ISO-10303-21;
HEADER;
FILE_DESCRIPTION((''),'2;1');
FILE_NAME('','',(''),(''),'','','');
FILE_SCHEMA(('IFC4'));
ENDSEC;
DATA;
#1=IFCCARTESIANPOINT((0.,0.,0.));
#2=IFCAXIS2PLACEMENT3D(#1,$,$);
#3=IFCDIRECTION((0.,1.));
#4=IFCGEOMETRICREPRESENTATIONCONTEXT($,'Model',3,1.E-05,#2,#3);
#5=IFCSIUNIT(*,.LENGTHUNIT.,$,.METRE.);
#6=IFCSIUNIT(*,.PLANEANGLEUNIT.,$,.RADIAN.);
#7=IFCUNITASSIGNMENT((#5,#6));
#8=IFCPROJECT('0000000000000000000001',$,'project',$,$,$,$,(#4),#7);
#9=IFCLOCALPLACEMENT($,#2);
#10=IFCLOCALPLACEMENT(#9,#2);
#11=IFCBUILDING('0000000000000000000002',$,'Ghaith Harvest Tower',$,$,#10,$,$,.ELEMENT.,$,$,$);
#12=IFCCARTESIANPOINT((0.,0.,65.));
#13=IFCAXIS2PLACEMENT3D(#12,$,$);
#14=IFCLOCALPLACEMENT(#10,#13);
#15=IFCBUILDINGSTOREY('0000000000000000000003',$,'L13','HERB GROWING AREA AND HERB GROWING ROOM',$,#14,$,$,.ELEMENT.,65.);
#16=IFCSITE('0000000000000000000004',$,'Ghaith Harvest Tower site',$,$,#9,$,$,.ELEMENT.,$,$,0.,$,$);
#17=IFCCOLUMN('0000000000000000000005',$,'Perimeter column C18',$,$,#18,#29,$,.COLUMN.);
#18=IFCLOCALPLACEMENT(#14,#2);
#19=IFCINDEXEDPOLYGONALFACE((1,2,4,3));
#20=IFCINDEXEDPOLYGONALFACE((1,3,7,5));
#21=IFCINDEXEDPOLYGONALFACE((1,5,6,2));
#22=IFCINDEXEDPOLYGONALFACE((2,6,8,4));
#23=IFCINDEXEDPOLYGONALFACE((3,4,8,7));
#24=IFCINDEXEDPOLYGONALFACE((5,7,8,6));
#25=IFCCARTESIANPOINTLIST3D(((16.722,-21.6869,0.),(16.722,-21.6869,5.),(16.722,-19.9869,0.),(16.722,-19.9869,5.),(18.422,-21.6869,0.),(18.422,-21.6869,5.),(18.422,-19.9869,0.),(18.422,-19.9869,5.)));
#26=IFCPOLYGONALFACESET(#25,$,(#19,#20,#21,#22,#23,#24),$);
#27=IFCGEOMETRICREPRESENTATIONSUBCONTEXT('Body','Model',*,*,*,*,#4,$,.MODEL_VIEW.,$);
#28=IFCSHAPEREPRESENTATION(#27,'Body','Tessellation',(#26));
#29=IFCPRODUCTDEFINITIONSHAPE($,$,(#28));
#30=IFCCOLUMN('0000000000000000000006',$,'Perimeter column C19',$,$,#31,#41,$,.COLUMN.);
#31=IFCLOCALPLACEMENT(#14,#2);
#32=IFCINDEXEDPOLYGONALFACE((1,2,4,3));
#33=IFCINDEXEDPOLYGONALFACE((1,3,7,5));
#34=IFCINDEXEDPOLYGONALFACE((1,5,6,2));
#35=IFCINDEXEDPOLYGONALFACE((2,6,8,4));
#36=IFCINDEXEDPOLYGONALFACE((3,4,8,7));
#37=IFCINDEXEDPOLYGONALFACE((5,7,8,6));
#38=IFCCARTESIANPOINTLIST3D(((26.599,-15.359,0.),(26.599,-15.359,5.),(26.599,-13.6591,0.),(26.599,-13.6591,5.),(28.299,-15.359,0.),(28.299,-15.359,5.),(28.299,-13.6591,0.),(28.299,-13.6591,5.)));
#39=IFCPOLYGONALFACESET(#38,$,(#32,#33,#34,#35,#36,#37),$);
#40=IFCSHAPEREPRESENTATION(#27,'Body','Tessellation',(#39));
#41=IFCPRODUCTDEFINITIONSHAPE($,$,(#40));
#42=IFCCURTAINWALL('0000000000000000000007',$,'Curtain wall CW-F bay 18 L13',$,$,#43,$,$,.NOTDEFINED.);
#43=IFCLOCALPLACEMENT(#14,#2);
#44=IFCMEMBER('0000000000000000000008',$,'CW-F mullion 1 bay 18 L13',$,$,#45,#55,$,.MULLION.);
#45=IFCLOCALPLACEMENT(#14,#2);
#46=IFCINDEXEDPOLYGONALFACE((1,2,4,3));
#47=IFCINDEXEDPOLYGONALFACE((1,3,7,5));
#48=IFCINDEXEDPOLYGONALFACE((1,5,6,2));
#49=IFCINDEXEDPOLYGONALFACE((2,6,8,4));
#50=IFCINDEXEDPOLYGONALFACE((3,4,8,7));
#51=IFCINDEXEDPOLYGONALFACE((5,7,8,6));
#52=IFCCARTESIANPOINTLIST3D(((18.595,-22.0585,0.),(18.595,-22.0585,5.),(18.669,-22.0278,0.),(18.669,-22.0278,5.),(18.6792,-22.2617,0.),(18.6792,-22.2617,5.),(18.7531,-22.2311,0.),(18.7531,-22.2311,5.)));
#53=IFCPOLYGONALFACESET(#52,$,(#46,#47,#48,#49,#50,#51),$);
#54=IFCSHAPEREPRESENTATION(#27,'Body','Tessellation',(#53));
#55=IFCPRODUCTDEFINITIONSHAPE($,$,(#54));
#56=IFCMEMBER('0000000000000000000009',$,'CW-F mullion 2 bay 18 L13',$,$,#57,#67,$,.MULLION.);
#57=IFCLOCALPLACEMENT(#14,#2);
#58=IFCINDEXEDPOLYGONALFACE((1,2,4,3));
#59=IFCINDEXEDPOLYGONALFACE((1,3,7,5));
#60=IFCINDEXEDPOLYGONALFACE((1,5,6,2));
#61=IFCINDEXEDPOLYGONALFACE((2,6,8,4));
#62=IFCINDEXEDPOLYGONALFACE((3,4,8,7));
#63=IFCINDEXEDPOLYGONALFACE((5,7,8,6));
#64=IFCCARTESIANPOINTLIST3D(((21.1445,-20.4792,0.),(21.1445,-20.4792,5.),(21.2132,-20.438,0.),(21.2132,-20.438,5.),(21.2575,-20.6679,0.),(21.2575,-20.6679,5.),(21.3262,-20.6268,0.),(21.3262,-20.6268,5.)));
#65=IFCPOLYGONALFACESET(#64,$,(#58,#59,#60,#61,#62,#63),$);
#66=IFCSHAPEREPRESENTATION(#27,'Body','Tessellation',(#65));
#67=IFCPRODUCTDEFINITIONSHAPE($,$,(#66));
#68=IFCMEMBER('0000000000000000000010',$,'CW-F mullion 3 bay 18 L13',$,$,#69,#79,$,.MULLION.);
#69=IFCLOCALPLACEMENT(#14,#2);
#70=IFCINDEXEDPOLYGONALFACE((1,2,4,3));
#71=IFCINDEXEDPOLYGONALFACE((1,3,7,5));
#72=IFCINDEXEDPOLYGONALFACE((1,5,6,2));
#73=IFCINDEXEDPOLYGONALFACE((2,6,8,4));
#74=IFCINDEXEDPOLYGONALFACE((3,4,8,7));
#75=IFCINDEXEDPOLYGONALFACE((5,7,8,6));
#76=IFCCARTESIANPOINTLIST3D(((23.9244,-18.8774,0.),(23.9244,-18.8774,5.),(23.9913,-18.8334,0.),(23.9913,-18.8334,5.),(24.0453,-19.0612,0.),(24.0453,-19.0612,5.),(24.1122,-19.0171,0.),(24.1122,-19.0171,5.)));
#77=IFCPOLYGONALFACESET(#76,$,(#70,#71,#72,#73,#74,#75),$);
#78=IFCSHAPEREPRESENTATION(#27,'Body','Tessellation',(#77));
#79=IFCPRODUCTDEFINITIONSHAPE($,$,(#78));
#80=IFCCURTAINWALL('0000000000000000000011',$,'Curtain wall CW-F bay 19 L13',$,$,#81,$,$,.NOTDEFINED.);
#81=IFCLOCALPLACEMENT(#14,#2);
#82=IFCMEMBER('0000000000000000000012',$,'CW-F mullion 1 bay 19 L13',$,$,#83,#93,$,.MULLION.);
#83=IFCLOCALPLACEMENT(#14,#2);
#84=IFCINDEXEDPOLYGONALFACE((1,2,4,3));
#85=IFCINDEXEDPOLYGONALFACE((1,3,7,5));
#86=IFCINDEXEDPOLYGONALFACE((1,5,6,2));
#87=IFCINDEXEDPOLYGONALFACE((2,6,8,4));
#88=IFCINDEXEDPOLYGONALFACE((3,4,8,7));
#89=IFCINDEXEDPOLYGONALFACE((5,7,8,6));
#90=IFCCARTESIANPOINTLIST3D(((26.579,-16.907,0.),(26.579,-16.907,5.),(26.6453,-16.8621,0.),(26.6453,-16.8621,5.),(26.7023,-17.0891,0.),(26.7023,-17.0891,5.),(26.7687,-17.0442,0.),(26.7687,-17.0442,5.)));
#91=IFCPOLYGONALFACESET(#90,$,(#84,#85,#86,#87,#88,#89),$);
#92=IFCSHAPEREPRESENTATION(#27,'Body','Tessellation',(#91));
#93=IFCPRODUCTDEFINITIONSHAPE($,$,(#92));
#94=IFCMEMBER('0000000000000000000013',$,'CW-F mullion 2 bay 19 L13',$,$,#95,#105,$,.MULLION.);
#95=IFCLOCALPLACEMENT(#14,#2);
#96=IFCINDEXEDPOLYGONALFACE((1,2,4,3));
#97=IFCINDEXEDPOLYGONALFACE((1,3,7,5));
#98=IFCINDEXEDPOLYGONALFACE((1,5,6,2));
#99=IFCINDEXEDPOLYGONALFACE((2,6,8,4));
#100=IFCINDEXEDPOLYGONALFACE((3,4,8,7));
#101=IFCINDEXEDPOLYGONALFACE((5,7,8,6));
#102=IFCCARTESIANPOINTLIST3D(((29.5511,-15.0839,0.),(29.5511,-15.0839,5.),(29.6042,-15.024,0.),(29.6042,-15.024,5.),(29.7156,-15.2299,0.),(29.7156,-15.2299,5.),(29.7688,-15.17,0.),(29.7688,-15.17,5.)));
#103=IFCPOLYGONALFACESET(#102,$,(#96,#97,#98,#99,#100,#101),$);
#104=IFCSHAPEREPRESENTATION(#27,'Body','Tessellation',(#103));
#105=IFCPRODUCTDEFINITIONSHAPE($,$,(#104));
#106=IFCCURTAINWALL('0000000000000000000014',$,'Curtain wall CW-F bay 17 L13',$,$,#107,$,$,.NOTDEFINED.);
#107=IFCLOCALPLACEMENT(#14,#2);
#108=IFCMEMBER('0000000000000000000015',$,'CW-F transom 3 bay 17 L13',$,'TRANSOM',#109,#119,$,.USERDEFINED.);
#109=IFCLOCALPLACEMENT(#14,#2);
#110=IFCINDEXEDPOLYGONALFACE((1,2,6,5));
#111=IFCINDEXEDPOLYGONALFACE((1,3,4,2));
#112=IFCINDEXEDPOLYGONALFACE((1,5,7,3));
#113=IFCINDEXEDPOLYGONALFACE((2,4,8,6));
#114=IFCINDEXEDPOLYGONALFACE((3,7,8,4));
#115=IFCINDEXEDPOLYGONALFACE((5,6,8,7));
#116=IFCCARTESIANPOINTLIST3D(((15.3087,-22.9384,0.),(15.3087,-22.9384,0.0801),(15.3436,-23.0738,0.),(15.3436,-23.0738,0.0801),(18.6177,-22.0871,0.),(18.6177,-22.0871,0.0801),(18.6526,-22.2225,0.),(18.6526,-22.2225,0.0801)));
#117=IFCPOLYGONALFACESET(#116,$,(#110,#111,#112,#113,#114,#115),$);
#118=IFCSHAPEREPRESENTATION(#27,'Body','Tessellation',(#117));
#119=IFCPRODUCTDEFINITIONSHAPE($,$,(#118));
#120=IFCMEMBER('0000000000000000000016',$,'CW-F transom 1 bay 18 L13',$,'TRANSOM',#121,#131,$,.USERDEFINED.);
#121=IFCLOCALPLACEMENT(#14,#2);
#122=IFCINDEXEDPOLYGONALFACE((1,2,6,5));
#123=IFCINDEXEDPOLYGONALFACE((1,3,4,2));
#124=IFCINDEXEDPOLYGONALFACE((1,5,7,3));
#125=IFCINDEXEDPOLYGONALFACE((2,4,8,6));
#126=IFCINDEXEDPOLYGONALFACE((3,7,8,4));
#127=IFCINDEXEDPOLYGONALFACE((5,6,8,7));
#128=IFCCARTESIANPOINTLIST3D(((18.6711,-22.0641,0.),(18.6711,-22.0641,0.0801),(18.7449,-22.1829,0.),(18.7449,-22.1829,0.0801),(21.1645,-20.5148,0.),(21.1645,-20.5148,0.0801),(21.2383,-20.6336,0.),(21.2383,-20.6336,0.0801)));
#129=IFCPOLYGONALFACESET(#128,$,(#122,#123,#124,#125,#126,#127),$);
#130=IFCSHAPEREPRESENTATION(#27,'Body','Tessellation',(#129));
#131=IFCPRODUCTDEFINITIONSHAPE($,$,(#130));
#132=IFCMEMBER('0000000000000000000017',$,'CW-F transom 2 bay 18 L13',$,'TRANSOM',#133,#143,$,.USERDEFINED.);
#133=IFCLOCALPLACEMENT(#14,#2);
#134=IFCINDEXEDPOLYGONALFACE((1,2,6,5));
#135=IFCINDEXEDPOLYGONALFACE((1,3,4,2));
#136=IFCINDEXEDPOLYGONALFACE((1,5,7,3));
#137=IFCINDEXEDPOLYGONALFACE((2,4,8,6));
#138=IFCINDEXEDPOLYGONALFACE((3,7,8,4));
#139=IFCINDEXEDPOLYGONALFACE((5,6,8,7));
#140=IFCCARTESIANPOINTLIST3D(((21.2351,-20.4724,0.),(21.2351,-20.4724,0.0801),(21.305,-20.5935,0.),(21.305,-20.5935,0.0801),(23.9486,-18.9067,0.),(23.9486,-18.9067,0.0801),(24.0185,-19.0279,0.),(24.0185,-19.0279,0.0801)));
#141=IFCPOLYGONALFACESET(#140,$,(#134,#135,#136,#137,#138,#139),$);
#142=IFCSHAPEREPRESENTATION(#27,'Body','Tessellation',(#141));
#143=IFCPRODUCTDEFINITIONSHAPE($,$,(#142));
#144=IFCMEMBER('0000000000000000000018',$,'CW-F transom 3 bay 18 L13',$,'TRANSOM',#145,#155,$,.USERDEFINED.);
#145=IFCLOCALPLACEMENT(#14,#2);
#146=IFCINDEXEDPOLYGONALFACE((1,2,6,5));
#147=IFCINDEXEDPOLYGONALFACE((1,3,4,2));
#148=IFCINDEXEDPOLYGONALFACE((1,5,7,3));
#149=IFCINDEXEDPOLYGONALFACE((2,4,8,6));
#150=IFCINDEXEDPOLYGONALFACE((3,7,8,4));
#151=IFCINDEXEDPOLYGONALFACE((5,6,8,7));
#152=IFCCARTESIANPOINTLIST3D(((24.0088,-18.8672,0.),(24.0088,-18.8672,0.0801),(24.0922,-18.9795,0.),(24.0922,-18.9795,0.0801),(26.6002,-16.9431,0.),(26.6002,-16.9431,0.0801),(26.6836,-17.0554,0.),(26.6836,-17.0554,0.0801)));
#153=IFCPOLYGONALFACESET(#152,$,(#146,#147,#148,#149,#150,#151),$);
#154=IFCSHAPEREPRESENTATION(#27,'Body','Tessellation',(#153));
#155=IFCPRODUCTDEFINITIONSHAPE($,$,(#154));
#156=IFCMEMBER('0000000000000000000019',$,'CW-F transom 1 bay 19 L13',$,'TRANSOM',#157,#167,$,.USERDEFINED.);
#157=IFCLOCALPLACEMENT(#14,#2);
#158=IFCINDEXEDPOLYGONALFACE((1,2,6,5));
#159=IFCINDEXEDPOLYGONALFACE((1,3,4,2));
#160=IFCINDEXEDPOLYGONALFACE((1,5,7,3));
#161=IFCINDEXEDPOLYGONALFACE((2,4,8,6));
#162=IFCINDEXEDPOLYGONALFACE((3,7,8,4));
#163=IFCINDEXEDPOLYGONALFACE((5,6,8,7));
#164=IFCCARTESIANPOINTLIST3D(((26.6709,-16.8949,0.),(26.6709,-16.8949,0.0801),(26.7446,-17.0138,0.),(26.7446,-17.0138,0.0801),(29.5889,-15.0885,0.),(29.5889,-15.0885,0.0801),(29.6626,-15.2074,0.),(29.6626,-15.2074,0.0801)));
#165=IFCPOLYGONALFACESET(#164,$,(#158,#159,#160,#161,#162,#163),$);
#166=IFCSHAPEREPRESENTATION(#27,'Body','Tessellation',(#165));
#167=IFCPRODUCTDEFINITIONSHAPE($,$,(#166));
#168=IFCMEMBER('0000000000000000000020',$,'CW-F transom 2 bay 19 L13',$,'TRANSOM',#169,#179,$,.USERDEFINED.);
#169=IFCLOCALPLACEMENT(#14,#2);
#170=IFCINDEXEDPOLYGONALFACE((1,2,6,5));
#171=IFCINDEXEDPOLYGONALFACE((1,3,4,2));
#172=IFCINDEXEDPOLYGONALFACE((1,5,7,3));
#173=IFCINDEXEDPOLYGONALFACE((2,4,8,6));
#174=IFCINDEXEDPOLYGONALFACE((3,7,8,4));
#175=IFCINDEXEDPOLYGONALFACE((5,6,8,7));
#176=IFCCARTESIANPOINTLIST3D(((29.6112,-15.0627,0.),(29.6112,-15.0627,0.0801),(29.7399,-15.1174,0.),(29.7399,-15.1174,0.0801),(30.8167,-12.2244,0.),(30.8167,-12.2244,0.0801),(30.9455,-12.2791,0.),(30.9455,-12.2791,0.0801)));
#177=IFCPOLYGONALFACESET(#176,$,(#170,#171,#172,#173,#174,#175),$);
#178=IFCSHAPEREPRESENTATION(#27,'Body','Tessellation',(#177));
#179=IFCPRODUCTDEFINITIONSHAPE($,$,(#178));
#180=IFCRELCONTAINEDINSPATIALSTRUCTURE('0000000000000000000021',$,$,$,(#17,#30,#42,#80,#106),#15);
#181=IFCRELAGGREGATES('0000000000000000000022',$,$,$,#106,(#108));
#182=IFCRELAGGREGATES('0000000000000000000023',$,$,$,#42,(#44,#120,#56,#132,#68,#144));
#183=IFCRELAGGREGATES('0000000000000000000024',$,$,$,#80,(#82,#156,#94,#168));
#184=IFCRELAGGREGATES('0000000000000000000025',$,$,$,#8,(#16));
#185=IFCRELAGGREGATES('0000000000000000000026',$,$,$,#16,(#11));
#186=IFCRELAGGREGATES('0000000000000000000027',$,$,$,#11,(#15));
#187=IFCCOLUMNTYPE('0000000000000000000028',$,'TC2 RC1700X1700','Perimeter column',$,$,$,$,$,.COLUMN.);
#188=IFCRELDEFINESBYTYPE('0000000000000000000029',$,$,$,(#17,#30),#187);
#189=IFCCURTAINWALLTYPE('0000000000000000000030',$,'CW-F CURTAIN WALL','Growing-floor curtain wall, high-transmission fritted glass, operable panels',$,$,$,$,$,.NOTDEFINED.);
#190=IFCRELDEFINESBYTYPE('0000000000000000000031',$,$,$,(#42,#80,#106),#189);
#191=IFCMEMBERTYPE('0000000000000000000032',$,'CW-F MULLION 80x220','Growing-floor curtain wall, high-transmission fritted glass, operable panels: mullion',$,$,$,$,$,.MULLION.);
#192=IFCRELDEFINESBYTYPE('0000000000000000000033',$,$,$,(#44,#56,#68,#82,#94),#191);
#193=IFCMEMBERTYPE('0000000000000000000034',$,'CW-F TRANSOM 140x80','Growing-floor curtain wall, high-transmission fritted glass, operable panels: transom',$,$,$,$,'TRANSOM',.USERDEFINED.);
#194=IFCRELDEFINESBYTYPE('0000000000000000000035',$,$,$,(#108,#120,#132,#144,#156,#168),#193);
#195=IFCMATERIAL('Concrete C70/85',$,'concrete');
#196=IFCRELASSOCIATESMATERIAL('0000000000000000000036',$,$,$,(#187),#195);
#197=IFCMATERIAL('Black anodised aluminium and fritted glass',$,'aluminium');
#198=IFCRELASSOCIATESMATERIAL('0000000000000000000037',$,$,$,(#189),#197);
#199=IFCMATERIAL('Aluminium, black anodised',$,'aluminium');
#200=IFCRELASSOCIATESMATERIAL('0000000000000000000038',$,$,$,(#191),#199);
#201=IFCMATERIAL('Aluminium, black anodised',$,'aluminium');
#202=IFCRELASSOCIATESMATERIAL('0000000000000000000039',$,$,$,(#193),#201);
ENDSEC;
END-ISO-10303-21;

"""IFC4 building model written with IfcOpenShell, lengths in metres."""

from ifc_helpers import new_model, si_unit, direction, frame, origin, origin_2d, place, context, subcontext, project, spatial, rectangle, extrude, material, material_profile, profile_set, type_object, element, aggregate, save


model = new_model("IFC4")

# Units and contexts
model_context = context("Model", 3, precision=1e-05, world=origin(), true_north=direction((0.0, 1.0)))
body_context = subcontext(model_context, "Body", "Model", "MODEL_VIEW")
ifc_project = project(units=[si_unit("LENGTHUNIT", "METRE"), si_unit("PLANEANGLEUNIT", "RADIAN")], contexts=[model_context])

# Site, building, storey
site_placement = place(None, origin())
site = spatial("IfcSite", under=ifc_project, at=site_placement, Name="Ghaith Harvest Tower site", CompositionType="ELEMENT", RefElevation=0.0)
building_placement = place(site_placement, origin())
building = spatial("IfcBuilding", under=site, at=building_placement, Name="Ghaith Harvest Tower", CompositionType="ELEMENT")
storey_placement = place(building_placement, frame((0.0, 0.0, 65.0)))
storey = spatial("IfcBuildingStorey", under=building, at=storey_placement, Name="L13", Description="HERB GROWING AREA AND HERB GROWING ROOM", CompositionType="ELEMENT", Elevation=65.0)

# Columns
ifc_material_1 = material(Name="Concrete C70/85", Category="concrete")
ifc_material_profile_1 = material_profile(ifc_material_1, rectangle(XDim=1.7, YDim=1.7, at=origin_2d()), Name="RC1700X1700")
ifc_profile_set_1 = profile_set([ifc_material_profile_1], Name="Concrete C70/85")
column_type = type_object("IfcColumnType", Name="TC2 RC1700X1700", Description="Perimeter column", PredefinedType="COLUMN", material=ifc_profile_set_1)
for number, where, z_axis, x_axis, name in (
    (1, (17.572, -20.8369, 0.0), (0.0, 0.0, 1.0), (1.0, 0.0, 0.0), "Perimeter column C18"),
    (2, (27.449, -14.509, 0.0), (0.0, 0.0, 1.0), (1.0, 0.0, 0.0), "Perimeter column C19"),
):
    element("IfcColumn", number, at=place(storey_placement, frame(where, z_axis=z_axis, x_axis=x_axis)), inside=storey, type_object=column_type, Name=name, PredefinedType="COLUMN", context=body_context, shape_type="SweptSolid", body=[
        extrude(rectangle(XDim=1.7, YDim=1.7, at=origin_2d()), origin(), (0.0, 0.0, 1.0), 5.0),
    ])

# Curtain walls, members
ifc_material_2 = material(Name="Black anodised aluminium and fritted glass", Category="aluminium")
curtain_wall_type = type_object("IfcCurtainWallType", Name="CW-F CURTAIN WALL", Description="Growing-floor curtain wall, high-transmission fritted glass, operable panels", PredefinedType="NOTDEFINED", material=ifc_material_2)
curtain_wall_1_placement = place(storey_placement, origin())
curtain_wall_1 = element("IfcCurtainWall", 3, at=curtain_wall_1_placement, inside=storey, type_object=curtain_wall_type, Name="Curtain wall CW-F bay 18 L13", PredefinedType="NOTDEFINED")
ifc_material_3 = material(Name="Aluminium, black anodised", Category="aluminium")
ifc_material_profile_2 = material_profile(ifc_material_3, rectangle(XDim=0.0801, YDim=0.22, at=origin_2d()), Name="CW-F MULLION 80x220")
ifc_profile_set_2 = profile_set([ifc_material_profile_2], Name="Aluminium, black anodised")
member_type_1 = type_object("IfcMemberType", Name="CW-F MULLION 80x220", Description="Growing-floor curtain wall, high-transmission fritted glass, operable panels: mullion", PredefinedType="MULLION", material=ifc_profile_set_2)
member_1_placement = place(storey_placement, frame((18.6741, -22.1448, 0.0), z_axis=(0.0, 0.0, 1.0), x_axis=(0.92391, 0.382609, 0.0)))
member_1 = element("IfcMember", 4, at=member_1_placement, type_object=member_type_1, Name="CW-F mullion 1 bay 18 L13", PredefinedType="MULLION", context=body_context, shape_type="SweptSolid", body=[
    extrude(rectangle(XDim=0.0801, YDim=0.22, at=origin_2d()), origin(), (0.0, 0.0, 1.0), 5.0),
])
member_2_placement = place(storey_placement, frame((21.2354, -20.553, 0.0), z_axis=(0.0, 0.0, 1.0), x_axis=(0.85814, 0.513415, 0.0)))
member_2 = element("IfcMember", 5, at=member_2_placement, type_object=member_type_1, Name="CW-F mullion 2 bay 18 L13", PredefinedType="MULLION", context=body_context, shape_type="SweptSolid", body=[
    extrude(rectangle(XDim=0.0801, YDim=0.22, at=origin_2d()), origin(), (0.0, 0.0, 1.0), 5.0),
])
member_3_placement = place(storey_placement, frame((24.0183, -18.9473, 0.0), z_axis=(0.0, 0.0, 1.0), x_axis=(0.835444, 0.549576, 0.0)))
member_3 = element("IfcMember", 6, at=member_3_placement, type_object=member_type_1, Name="CW-F mullion 3 bay 18 L13", PredefinedType="MULLION", context=body_context, shape_type="SweptSolid", body=[
    extrude(rectangle(XDim=0.0801, YDim=0.22, at=origin_2d()), origin(), (0.0, 0.0, 1.0), 5.0),
])
curtain_wall_2_placement = place(storey_placement, origin())
curtain_wall_2 = element("IfcCurtainWall", 7, at=curtain_wall_2_placement, inside=storey, type_object=curtain_wall_type, Name="Curtain wall CW-F bay 19 L13", PredefinedType="NOTDEFINED")
member_4_placement = place(storey_placement, frame((26.6738, -16.9756, 0.0), z_axis=(0.0, 0.0, 1.0), x_axis=(0.828002, 0.560725, 0.0)))
member_4 = element("IfcMember", 8, at=member_4_placement, type_object=member_type_1, Name="CW-F mullion 1 bay 19 L13", PredefinedType="MULLION", context=body_context, shape_type="SweptSolid", body=[
    extrude(rectangle(XDim=0.0801, YDim=0.22, at=origin_2d()), origin(), (0.0, 0.0, 1.0), 5.0),
])
member_5_placement = place(storey_placement, frame((29.6599, -15.127, 0.0), z_axis=(0.0, 0.0, 1.0), x_axis=(0.663605, 0.748083, 0.0)))
member_5 = element("IfcMember", 9, at=member_5_placement, type_object=member_type_1, Name="CW-F mullion 2 bay 19 L13", PredefinedType="MULLION", context=body_context, shape_type="SweptSolid", body=[
    extrude(rectangle(XDim=0.0801, YDim=0.22, at=origin_2d()), origin(), (0.0, 0.0, 1.0), 5.0),
])

# Curtain wall, member
curtain_wall_3_placement = place(storey_placement, origin())
curtain_wall_3 = element("IfcCurtainWall", 10, at=curtain_wall_3_placement, inside=storey, type_object=curtain_wall_type, Name="Curtain wall CW-F bay 17 L13", PredefinedType="NOTDEFINED")
ifc_material_4 = material(Name="Aluminium, black anodised", Category="aluminium")
ifc_material_profile_3 = material_profile(ifc_material_4, rectangle(XDim=0.1399, YDim=0.0801, at=origin_2d()), Name="CW-F TRANSOM 140x80")
ifc_profile_set_3 = profile_set([ifc_material_profile_3], Name="Aluminium, black anodised")
member_type_2 = type_object("IfcMemberType", Name="CW-F TRANSOM 140x80", Description="Growing-floor curtain wall, high-transmission fritted glass, operable panels: transom", ElementType="TRANSOM", PredefinedType="USERDEFINED", material=ifc_profile_set_3)
member_6_placement = place(storey_placement, frame((15.3262, -23.0061, 0.04), z_axis=(0.968464, 0.249154, 0.0), x_axis=(-0.249154, 0.968464, 0.0)))
member_6 = element("IfcMember", 11, at=member_6_placement, type_object=member_type_2, Name="CW-F transom 3 bay 17 L13", ObjectType="TRANSOM", PredefinedType="USERDEFINED", context=body_context, shape_type="SweptSolid", body=[
    extrude(rectangle(XDim=0.1399, YDim=0.0801, at=origin_2d()), origin(), (0.0, 0.0, 1.0), 3.4167),
])

# Members
member_7_placement = place(storey_placement, frame((18.708, -22.1235, 0.04), z_axis=(0.849383, 0.527777, 0.0), x_axis=(-0.527777, 0.849383, 0.0)))
member_7 = element("IfcMember", 12, at=member_7_placement, type_object=member_type_2, Name="CW-F transom 1 bay 18 L13", ObjectType="TRANSOM", PredefinedType="USERDEFINED", context=body_context, shape_type="SweptSolid", body=[
    extrude(rectangle(XDim=0.1399, YDim=0.0801, at=origin_2d()), origin(), (0.0, 0.0, 1.0), 2.9355),
])
member_8_placement = place(storey_placement, frame((21.27, -20.533, 0.04), z_axis=(0.866169, 0.499752, 0.0), x_axis=(-0.499752, 0.866169, 0.0)))
member_8 = element("IfcMember", 13, at=member_8_placement, type_object=member_type_2, Name="CW-F transom 2 bay 18 L13", ObjectType="TRANSOM", PredefinedType="USERDEFINED", context=body_context, shape_type="SweptSolid", body=[
    extrude(rectangle(XDim=0.1399, YDim=0.0801, at=origin_2d()), origin(), (0.0, 0.0, 1.0), 3.1328),
])
member_9_placement = place(storey_placement, frame((24.0505, -18.9233, 0.04), z_axis=(0.802877, 0.596144, 0.0), x_axis=(-0.596144, 0.802877, 0.0)))
member_9 = element("IfcMember", 14, at=member_9_placement, type_object=member_type_2, Name="CW-F transom 3 bay 18 L13", ObjectType="TRANSOM", PredefinedType="USERDEFINED", context=body_context, shape_type="SweptSolid", body=[
    extrude(rectangle(XDim=0.1399, YDim=0.0801, at=origin_2d()), origin(), (0.0, 0.0, 1.0), 3.2275),
])
member_10_placement = place(storey_placement, frame((26.7078, -16.9543, 0.04), z_axis=(0.850261, 0.526362, 0.0), x_axis=(-0.526362, 0.850261, 0.0)))
member_10 = element("IfcMember", 15, at=member_10_placement, type_object=member_type_2, Name="CW-F transom 1 bay 19 L13", ObjectType="TRANSOM", PredefinedType="USERDEFINED", context=body_context, shape_type="SweptSolid", body=[
    extrude(rectangle(XDim=0.1399, YDim=0.0801, at=origin_2d()), origin(), (0.0, 0.0, 1.0), 3.4319),
])
member_11_placement = place(storey_placement, frame((29.6755, -15.0901, 0.04), z_axis=(0.390936, 0.920418, 0.0), x_axis=(-0.920418, 0.390936, 0.0)))
member_11 = element("IfcMember", 16, at=member_11_placement, type_object=member_type_2, Name="CW-F transom 2 bay 19 L13", ObjectType="TRANSOM", PredefinedType="USERDEFINED", context=body_context, shape_type="SweptSolid", body=[
    extrude(rectangle(XDim=0.1399, YDim=0.0801, at=origin_2d()), origin(), (0.0, 0.0, 1.0), 3.0837),
])

aggregate(curtain_wall_3, [member_6])
aggregate(curtain_wall_1, [member_1, member_7, member_2, member_8, member_3, member_9])
aggregate(curtain_wall_2, [member_4, member_10, member_5, member_11])

save(model, "model.ifc")
